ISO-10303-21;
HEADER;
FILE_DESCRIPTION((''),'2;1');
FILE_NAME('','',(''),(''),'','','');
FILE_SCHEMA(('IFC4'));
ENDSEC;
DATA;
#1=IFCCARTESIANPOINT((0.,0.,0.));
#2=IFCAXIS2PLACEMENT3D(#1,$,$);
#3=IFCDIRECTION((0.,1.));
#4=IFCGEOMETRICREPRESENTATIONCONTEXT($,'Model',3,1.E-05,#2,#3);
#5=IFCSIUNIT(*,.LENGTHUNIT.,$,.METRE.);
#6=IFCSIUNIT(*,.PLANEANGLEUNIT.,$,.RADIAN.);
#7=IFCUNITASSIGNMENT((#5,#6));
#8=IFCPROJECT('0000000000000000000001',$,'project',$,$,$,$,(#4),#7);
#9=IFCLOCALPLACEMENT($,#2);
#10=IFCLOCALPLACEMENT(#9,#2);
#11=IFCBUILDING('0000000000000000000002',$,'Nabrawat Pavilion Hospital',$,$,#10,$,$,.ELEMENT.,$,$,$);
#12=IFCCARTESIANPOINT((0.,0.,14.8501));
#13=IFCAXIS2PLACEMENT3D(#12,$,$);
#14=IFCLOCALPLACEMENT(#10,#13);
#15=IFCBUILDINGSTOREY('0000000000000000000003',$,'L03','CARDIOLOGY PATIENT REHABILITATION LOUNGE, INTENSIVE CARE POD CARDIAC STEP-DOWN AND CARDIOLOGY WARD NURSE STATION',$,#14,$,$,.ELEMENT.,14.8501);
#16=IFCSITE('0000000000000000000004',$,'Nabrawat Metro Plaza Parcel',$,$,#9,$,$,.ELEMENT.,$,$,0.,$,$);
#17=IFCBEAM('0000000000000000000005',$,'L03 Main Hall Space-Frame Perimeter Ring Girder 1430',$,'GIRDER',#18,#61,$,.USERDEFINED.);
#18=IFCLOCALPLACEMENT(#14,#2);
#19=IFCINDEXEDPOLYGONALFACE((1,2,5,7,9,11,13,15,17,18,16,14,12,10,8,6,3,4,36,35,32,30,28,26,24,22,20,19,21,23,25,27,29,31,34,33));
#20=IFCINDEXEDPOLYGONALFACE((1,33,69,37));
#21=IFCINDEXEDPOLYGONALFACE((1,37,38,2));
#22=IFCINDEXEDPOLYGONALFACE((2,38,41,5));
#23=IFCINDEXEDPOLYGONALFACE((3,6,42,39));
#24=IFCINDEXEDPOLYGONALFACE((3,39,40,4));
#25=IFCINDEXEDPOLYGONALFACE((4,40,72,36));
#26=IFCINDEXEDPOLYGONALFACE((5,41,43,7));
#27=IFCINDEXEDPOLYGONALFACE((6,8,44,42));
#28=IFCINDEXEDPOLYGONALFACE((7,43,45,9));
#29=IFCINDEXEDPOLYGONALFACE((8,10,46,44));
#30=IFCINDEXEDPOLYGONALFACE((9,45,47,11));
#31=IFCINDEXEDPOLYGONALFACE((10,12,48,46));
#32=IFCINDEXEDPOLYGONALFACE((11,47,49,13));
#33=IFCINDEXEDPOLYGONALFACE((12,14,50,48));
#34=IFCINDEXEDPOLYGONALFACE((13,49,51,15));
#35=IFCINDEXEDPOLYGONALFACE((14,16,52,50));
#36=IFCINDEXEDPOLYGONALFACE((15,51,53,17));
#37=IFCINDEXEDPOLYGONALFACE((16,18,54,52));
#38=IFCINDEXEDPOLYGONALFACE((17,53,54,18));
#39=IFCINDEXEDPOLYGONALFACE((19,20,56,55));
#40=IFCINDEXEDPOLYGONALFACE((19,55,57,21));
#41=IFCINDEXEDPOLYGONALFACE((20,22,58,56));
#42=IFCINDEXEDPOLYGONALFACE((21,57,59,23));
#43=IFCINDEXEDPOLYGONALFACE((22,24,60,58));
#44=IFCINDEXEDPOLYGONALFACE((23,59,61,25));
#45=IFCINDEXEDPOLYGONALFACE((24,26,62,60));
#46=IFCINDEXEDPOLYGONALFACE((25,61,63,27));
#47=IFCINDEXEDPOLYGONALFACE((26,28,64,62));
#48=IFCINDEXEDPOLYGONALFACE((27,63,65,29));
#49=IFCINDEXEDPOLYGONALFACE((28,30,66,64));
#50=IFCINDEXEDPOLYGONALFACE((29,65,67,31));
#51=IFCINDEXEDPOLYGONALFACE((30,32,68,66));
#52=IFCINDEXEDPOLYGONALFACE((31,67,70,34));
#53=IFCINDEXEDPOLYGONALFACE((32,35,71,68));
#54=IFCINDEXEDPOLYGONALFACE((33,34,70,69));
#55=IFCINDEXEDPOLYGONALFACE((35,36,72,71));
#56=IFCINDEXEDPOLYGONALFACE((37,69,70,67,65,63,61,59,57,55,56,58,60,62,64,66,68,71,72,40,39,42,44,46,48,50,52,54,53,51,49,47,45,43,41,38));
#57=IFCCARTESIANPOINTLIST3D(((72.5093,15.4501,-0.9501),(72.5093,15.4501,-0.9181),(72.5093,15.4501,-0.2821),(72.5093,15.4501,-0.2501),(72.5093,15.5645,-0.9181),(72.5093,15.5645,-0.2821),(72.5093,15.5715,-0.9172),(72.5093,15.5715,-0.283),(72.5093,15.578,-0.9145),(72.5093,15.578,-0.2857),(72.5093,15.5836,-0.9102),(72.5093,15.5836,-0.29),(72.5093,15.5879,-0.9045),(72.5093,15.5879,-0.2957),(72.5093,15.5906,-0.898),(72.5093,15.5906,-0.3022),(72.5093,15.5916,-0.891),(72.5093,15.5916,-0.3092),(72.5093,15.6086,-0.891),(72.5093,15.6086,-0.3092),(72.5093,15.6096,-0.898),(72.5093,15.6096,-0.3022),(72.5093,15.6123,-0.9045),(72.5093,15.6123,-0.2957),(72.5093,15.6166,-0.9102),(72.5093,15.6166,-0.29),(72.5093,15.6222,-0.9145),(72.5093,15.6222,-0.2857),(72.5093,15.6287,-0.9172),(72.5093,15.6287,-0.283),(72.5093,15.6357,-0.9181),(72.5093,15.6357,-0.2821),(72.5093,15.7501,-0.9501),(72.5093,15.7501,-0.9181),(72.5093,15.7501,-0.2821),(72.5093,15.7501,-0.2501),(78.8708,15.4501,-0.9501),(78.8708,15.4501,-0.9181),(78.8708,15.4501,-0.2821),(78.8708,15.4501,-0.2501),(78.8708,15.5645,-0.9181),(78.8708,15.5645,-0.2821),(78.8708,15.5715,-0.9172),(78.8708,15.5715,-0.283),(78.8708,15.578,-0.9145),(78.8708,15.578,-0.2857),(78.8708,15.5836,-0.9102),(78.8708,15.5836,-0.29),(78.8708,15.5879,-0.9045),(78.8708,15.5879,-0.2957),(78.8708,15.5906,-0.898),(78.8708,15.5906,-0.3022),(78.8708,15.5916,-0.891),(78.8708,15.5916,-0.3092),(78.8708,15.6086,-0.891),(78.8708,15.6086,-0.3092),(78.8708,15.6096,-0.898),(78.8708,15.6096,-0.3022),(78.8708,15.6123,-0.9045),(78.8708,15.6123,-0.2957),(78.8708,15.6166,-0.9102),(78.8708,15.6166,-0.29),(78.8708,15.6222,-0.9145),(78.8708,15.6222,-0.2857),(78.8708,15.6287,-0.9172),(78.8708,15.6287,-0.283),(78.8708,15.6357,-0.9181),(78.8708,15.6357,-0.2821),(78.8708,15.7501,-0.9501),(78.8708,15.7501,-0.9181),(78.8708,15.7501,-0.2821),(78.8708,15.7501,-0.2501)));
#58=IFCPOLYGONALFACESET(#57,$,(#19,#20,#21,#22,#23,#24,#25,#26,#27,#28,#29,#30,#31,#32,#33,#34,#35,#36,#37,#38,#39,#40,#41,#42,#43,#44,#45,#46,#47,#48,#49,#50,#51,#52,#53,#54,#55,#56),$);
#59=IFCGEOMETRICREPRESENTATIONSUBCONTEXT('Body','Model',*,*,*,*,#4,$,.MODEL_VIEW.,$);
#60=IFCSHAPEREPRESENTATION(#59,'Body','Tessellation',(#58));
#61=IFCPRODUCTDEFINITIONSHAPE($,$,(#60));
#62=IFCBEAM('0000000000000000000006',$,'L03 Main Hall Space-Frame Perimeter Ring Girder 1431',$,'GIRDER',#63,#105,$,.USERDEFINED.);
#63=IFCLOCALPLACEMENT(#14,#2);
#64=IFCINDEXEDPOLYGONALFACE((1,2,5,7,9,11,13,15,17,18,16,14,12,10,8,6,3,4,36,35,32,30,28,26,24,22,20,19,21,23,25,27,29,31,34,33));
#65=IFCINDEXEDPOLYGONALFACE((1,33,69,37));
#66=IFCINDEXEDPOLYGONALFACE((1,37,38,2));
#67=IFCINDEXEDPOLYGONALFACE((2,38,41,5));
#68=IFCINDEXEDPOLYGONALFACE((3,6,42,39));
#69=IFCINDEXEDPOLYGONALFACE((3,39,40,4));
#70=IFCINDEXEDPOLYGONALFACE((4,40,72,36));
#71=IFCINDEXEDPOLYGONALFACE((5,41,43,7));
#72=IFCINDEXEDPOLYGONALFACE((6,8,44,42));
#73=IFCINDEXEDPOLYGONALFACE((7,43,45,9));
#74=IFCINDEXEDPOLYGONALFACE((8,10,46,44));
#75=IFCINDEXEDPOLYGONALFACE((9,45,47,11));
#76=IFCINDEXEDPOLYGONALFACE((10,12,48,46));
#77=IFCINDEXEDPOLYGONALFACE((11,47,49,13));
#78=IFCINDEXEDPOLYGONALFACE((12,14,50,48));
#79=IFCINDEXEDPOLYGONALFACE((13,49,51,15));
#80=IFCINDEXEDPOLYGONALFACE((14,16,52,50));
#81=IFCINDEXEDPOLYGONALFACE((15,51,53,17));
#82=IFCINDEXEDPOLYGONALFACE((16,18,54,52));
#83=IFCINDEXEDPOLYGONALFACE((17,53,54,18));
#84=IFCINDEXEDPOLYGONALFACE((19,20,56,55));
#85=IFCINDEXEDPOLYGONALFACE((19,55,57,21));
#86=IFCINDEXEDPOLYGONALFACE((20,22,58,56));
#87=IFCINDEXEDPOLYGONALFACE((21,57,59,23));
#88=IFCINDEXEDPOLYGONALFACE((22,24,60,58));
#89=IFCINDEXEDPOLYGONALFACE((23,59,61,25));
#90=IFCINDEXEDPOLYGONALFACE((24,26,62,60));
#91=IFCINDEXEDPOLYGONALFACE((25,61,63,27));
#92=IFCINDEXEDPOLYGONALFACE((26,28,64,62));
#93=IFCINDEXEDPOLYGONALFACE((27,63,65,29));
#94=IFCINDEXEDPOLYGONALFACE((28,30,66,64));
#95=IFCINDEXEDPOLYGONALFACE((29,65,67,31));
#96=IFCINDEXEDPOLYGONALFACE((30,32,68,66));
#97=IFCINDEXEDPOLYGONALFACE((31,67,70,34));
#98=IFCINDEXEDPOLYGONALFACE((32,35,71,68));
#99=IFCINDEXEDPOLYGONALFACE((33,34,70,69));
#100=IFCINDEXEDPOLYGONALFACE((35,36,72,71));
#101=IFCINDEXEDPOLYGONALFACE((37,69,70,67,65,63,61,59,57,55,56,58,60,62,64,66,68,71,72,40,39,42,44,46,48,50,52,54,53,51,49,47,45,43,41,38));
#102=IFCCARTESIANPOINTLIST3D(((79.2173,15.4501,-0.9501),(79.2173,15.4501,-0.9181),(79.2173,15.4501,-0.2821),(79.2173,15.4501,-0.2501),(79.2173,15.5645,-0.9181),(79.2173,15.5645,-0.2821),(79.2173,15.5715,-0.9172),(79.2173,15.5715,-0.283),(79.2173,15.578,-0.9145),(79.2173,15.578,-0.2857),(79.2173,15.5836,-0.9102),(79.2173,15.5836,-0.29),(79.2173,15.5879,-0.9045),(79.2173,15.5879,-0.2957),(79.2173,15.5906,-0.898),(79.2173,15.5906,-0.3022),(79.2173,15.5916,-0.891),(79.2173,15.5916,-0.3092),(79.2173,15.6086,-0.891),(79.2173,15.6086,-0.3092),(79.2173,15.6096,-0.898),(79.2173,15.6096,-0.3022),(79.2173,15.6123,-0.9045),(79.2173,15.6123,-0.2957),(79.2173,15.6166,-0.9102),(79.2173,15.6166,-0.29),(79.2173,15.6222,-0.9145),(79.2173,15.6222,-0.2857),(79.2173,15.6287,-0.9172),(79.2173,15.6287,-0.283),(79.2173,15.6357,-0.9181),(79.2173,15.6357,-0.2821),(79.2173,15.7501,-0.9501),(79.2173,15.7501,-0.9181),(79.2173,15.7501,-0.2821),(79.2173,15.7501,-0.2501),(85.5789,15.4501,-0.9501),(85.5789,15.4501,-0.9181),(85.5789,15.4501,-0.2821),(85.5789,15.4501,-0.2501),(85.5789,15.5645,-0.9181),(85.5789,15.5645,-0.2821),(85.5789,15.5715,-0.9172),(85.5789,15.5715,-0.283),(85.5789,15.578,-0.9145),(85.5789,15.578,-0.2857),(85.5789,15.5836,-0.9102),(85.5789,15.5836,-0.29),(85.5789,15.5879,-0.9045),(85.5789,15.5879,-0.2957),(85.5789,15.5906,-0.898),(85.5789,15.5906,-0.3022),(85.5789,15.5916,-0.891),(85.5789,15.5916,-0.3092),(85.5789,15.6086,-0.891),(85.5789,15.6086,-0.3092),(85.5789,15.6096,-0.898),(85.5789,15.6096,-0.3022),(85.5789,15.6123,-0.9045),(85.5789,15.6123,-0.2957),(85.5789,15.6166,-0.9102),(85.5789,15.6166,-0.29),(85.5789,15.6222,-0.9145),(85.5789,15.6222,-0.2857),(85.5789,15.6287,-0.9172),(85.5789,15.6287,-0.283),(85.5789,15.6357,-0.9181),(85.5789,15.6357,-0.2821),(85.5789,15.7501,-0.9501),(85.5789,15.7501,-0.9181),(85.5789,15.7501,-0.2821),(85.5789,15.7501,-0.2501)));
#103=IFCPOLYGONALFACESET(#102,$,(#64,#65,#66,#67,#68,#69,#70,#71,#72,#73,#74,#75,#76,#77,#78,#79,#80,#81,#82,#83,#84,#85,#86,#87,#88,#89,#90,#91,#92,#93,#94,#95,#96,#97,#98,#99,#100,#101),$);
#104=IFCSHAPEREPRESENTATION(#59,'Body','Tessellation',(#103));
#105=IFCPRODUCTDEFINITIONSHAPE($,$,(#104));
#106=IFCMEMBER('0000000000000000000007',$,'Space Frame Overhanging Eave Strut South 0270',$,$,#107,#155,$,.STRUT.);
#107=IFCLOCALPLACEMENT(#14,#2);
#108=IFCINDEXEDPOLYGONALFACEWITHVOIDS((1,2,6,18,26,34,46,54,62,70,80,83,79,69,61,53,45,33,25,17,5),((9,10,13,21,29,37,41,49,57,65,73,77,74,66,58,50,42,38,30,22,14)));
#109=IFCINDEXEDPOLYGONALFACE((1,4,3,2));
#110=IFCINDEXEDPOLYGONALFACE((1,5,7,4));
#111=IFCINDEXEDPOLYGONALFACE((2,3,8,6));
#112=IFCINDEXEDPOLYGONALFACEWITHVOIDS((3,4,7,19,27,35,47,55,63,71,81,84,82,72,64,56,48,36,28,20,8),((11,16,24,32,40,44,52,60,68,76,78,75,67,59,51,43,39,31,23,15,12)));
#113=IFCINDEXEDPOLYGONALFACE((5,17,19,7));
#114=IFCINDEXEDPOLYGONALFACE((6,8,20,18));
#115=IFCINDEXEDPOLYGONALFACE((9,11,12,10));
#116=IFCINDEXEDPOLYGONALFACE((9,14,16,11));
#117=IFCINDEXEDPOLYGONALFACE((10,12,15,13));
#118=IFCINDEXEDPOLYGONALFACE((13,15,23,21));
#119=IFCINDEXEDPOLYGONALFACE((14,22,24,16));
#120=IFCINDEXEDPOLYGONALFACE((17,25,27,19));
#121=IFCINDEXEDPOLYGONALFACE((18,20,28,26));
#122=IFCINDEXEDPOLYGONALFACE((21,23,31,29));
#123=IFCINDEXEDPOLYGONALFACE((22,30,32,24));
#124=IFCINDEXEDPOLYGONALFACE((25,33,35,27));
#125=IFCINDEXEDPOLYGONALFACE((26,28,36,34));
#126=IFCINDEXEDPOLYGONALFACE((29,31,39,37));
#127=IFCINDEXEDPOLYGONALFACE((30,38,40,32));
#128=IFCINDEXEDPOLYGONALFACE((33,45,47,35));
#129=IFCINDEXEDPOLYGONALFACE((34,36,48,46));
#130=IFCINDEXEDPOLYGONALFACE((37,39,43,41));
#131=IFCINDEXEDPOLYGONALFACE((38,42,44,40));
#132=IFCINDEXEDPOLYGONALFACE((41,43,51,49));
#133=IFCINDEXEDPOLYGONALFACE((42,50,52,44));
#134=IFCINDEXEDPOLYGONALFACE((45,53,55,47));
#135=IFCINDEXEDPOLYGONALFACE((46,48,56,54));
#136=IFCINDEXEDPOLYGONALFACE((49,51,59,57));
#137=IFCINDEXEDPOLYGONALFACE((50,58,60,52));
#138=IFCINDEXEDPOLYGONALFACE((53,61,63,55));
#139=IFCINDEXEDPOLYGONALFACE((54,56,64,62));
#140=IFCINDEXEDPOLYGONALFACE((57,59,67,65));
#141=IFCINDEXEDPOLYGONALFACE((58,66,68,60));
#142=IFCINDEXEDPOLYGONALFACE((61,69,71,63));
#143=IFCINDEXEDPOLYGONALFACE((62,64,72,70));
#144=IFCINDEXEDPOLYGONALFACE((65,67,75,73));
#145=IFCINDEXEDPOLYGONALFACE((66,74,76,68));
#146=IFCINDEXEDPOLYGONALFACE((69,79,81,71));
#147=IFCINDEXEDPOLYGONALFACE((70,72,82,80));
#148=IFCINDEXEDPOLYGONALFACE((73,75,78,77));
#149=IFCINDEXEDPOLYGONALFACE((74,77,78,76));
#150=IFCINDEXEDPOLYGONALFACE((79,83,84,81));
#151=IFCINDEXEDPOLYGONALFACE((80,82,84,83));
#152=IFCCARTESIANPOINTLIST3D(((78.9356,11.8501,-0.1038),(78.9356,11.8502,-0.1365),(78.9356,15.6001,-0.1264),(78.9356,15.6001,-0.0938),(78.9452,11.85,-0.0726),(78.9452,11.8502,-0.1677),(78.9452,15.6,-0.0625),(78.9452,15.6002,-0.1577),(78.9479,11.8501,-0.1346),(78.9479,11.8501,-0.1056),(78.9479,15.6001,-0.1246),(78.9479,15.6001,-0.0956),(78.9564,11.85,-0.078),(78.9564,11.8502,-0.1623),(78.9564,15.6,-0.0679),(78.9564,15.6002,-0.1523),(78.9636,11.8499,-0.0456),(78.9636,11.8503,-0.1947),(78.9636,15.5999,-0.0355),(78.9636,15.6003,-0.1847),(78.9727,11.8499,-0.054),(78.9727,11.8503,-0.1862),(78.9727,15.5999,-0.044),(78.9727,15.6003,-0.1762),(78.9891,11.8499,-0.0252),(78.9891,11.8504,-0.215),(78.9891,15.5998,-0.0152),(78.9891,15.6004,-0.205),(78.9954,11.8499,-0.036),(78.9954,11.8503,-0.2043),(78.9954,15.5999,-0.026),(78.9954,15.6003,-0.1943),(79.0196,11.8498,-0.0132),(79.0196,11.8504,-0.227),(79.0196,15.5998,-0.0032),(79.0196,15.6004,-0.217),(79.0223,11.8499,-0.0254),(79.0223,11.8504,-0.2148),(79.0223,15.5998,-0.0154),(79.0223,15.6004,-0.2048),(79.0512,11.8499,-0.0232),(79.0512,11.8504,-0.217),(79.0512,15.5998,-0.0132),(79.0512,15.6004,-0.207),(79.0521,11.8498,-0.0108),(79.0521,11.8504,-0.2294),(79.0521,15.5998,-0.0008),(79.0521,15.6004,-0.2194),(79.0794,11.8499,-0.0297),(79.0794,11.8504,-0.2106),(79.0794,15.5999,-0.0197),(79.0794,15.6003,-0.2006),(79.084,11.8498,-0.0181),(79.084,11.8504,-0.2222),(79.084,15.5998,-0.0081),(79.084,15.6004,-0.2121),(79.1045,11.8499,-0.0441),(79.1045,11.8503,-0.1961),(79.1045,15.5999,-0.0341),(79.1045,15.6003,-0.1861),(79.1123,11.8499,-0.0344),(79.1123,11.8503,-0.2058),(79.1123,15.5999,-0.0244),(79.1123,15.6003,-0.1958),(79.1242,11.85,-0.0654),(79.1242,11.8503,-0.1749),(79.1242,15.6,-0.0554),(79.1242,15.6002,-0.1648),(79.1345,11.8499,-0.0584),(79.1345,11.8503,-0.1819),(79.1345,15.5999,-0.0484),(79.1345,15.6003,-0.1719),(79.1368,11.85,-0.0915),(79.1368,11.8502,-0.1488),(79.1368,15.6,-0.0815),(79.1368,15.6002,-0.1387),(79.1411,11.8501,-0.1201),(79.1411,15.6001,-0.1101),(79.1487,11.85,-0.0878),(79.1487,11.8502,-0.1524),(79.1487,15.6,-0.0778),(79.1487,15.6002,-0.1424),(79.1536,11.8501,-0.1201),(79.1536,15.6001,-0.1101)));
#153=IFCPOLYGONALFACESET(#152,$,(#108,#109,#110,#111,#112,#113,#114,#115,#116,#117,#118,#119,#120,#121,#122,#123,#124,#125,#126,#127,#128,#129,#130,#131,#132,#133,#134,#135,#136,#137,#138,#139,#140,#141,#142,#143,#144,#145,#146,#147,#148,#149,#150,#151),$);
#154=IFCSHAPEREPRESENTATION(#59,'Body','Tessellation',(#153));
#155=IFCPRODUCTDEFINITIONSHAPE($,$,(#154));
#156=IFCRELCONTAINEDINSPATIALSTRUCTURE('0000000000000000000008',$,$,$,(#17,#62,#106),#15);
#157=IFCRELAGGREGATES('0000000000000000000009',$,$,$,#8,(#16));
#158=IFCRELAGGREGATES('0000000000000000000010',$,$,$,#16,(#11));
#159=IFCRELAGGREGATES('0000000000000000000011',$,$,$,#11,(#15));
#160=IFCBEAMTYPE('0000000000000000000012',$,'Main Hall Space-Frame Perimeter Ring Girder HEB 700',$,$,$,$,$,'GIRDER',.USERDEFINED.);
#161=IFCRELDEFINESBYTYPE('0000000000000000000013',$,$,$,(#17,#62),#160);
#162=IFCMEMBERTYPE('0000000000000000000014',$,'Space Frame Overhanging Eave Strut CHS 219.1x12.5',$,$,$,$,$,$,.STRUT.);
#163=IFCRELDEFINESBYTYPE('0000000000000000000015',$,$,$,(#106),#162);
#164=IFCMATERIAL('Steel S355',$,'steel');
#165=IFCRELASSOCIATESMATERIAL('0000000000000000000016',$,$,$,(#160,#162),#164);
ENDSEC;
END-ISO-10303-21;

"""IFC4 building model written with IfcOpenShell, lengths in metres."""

from ifc_helpers import new_model, si_unit, direction, frame, origin, origin_2d, place, context, subcontext, project, spatial, hollow_circle, i_section, extrude, material, material_profile, profile_set, type_object, element, save


model = new_model("IFC4")

# Units and contexts
model_context = context("Model", 3, precision=1e-05, world=origin(), true_north=direction((0.0, 1.0)))
body_context = subcontext(model_context, "Body", "Model", "MODEL_VIEW")
ifc_project = project(units=[si_unit("LENGTHUNIT", "METRE"), si_unit("PLANEANGLEUNIT", "RADIAN")], contexts=[model_context])

# Site, building, storey
site_placement = place(None, origin())
site = spatial("IfcSite", under=ifc_project, at=site_placement, Name="Nabrawat Metro Plaza Parcel", CompositionType="ELEMENT", RefElevation=0.0)
building_placement = place(site_placement, origin())
building = spatial("IfcBuilding", under=site, at=building_placement, Name="Nabrawat Pavilion Hospital", CompositionType="ELEMENT")
storey_placement = place(building_placement, frame((0.0, 0.0, 14.8501)))
storey = spatial("IfcBuildingStorey", under=building, at=storey_placement, Name="L03", Description="CARDIOLOGY PATIENT REHABILITATION LOUNGE, INTENSIVE CARE POD CARDIAC STEP-DOWN AND CARDIOLOGY WARD NURSE STATION", CompositionType="ELEMENT", Elevation=14.8501)

# Beams
ifc_material = material(Name="Steel S355", Category="steel")
ifc_material_profile_1 = material_profile(ifc_material, i_section(OverallWidth=0.3, OverallDepth=0.7, WebThickness=0.0171, FlangeThickness=0.032, FilletRadius=0.0271, at=origin_2d()), Name="HEB 700")
ifc_profile_set_1 = profile_set([ifc_material_profile_1], Name="Steel S355")
beam_type = type_object("IfcBeamType", Name="Main Hall Space-Frame Perimeter Ring Girder HEB 700", ElementType="GIRDER", PredefinedType="USERDEFINED", material=ifc_profile_set_1)
for number, where, z_axis, x_axis, name in (
    (1, (72.5093, 15.6001, -0.6001), (1.0, 0.0, 0.0), (0.0, 1.0, 0.0), "L03 Main Hall Space-Frame Perimeter Ring Girder 1430"),
    (2, (79.2173, 15.6001, -0.6001), (1.0, 0.0, 0.0), (0.0, 1.0, 0.0), "L03 Main Hall Space-Frame Perimeter Ring Girder 1431"),
):
    element("IfcBeam", number, at=place(storey_placement, frame(where, z_axis=z_axis, x_axis=x_axis)), inside=storey, type_object=beam_type, Name=name, ObjectType="GIRDER", PredefinedType="USERDEFINED", context=body_context, shape_type="SweptSolid", body=[
        extrude(i_section(OverallWidth=0.3, OverallDepth=0.7, WebThickness=0.0171, FlangeThickness=0.032, FilletRadius=0.0271, at=origin_2d()), origin(), (0.0, 0.0, 1.0), 6.3616),
    ])

# Member
ifc_material_profile_2 = material_profile(ifc_material, hollow_circle(Radius=0.1096, WallThickness=0.0125, at=origin_2d()), Name="CHS 219.1x12.5")
ifc_profile_set_2 = profile_set([ifc_material_profile_2], Name="Steel S355")
member_type_1 = type_object("IfcMemberType", Name="Space Frame Overhanging Eave Strut CHS 219.1x12.5", PredefinedType="STRUT", material=ifc_profile_set_2)
member_1_placement = place(storey_placement, frame((79.0439, 15.6001, -0.1101), z_axis=(0.0, -0.999996, -0.002669), x_axis=(1.0, 0.0, 0.0)))
element("IfcMember", 3, at=member_1_placement, inside=storey, type_object=member_type_1, Name="Space Frame Overhanging Eave Strut South 0270", PredefinedType="STRUT", context=body_context, shape_type="SweptSolid", body=[
    extrude(hollow_circle(Radius=0.1096, WallThickness=0.0125, at=origin_2d()), origin(), (0.0, 0.0, 1.0), 3.75),
])

save(model, "model.ifc")
